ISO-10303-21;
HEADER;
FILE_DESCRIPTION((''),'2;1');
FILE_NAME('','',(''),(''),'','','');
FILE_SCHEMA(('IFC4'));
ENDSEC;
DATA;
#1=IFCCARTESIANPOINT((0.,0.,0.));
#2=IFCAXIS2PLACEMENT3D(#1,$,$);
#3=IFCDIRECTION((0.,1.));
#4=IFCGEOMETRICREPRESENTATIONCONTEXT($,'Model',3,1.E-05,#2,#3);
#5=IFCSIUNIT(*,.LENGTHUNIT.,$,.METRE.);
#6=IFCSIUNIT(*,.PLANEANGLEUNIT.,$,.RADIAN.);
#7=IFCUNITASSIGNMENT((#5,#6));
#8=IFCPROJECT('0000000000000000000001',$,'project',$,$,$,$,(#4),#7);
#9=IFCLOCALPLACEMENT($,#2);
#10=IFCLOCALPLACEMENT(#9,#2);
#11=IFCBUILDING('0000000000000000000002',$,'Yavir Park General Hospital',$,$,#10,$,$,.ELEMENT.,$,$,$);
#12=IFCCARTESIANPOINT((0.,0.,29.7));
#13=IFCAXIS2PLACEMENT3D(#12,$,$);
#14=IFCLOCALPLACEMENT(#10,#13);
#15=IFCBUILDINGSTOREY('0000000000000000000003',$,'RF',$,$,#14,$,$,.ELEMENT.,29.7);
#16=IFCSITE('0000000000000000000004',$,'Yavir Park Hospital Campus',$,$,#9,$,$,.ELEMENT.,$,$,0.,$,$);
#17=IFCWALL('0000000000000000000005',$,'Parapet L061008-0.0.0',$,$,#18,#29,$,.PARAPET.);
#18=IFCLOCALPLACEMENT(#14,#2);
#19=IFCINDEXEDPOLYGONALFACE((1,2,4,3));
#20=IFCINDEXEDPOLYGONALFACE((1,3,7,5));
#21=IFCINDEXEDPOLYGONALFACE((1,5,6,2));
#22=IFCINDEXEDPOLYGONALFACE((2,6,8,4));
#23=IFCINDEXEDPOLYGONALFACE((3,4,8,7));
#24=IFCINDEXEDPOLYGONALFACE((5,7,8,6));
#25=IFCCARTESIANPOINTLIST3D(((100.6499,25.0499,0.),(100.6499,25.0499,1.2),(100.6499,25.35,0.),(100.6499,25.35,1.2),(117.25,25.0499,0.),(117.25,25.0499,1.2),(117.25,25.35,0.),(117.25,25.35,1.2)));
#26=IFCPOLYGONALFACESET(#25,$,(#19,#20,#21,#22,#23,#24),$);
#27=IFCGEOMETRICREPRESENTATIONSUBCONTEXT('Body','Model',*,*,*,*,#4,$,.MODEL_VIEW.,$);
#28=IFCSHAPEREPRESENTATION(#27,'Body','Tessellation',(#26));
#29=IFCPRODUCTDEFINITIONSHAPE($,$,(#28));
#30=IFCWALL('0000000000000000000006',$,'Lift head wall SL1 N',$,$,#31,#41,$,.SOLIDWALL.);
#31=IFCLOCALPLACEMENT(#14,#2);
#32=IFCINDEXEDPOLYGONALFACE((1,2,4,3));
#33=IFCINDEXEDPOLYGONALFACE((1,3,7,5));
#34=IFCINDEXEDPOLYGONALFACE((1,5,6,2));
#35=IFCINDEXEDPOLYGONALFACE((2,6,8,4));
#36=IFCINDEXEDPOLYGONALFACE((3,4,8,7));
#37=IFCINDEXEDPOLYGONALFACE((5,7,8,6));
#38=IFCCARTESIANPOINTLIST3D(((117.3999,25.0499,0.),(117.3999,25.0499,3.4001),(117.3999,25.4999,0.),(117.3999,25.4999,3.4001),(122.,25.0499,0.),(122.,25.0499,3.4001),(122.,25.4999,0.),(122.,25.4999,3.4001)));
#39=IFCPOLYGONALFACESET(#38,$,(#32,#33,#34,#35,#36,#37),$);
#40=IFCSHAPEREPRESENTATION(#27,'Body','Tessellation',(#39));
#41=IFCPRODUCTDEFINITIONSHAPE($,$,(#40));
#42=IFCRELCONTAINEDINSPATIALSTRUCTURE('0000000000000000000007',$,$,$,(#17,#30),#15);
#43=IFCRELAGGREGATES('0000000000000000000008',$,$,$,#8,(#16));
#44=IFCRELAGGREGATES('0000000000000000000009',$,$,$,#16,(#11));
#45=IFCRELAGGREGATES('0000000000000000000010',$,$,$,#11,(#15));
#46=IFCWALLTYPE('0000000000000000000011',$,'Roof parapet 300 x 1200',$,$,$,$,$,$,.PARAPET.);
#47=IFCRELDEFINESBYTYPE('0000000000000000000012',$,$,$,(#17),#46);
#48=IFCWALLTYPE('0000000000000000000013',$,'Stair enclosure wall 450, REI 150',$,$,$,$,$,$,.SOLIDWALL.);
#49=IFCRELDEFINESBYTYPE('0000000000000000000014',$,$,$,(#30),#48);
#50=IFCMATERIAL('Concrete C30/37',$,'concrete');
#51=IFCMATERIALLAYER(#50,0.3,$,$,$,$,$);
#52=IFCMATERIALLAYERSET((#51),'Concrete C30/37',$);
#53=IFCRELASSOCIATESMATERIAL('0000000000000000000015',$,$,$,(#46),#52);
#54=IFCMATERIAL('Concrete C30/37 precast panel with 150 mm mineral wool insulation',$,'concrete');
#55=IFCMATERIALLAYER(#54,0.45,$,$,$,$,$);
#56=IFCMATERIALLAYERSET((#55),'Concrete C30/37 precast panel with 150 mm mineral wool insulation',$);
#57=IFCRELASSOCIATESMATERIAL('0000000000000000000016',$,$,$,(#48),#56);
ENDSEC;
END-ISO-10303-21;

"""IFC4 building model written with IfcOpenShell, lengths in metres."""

from ifc_helpers import new_model, si_unit, direction, frame, frame_2d, origin, place, context, subcontext, project, spatial, rectangle, extrude, material, layer, layer_set, type_object, element, save


model = new_model("IFC4")

# Units and contexts
model_context = context("Model", 3, precision=1e-05, world=origin(), true_north=direction((0.0, 1.0)))
body_context = subcontext(model_context, "Body", "Model", "MODEL_VIEW")
ifc_project = project(units=[si_unit("LENGTHUNIT", "METRE"), si_unit("PLANEANGLEUNIT", "RADIAN")], contexts=[model_context])

# Site, building, storey
site_placement = place(None, origin())
site = spatial("IfcSite", under=ifc_project, at=site_placement, Name="Yavir Park Hospital Campus", CompositionType="ELEMENT", RefElevation=0.0)
building_placement = place(site_placement, origin())
building = spatial("IfcBuilding", under=site, at=building_placement, Name="Yavir Park General Hospital", CompositionType="ELEMENT")
storey_placement = place(building_placement, frame((0.0, 0.0, 29.7)))
storey = spatial("IfcBuildingStorey", under=building, at=storey_placement, Name="RF", CompositionType="ELEMENT", Elevation=29.7)

# Walls
ifc_material_1 = material(Name="Concrete C30/37", Category="concrete")
ifc_layer_1 = layer(ifc_material_1, 0.3)
ifc_layer_set_1 = layer_set([ifc_layer_1], Name="Concrete C30/37")
wall_type_1 = type_object("IfcWallType", Name="Roof parapet 300 x 1200", PredefinedType="PARAPET", material=ifc_layer_set_1)
wall_1_placement = place(storey_placement, frame((117.25, 25.2, 0.0), z_axis=(0.0, 0.0, 1.0), x_axis=(-1.0, 0.0, 0.0)))
element("IfcWall", 1, at=wall_1_placement, inside=storey, type_object=wall_type_1, Name="Parapet L061008-0.0.0", PredefinedType="PARAPET", context=body_context, shape_type="SweptSolid", body=[
    extrude(rectangle(XDim=16.6001, YDim=0.3, at=frame_2d((8.3, 0.0))), origin(), (0.0, 0.0, 1.0), 1.2),
])
ifc_material_2 = material(Name="Concrete C30/37 precast panel with 150 mm mineral wool insulation", Category="concrete")
ifc_layer_2 = layer(ifc_material_2, 0.45)
ifc_layer_set_2 = layer_set([ifc_layer_2], Name="Concrete C30/37 precast panel with 150 mm mineral wool insulation")
wall_type_2 = type_object("IfcWallType", Name="Stair enclosure wall 450, REI 150", PredefinedType="SOLIDWALL", material=ifc_layer_set_2)
wall_2_placement = place(storey_placement, frame((117.3999, 25.2749, 0.0), z_axis=(0.0, 0.0, 1.0), x_axis=(1.0, 0.0, 0.0)))
element("IfcWall", 2, at=wall_2_placement, inside=storey, type_object=wall_type_2, Name="Lift head wall SL1 N", PredefinedType="SOLIDWALL", context=body_context, shape_type="SweptSolid", body=[
    extrude(rectangle(XDim=4.6001, YDim=0.45, at=frame_2d((2.3, 0.0))), origin(), (0.0, 0.0, 1.0), 3.4001),
])

save(model, "model.ifc")
